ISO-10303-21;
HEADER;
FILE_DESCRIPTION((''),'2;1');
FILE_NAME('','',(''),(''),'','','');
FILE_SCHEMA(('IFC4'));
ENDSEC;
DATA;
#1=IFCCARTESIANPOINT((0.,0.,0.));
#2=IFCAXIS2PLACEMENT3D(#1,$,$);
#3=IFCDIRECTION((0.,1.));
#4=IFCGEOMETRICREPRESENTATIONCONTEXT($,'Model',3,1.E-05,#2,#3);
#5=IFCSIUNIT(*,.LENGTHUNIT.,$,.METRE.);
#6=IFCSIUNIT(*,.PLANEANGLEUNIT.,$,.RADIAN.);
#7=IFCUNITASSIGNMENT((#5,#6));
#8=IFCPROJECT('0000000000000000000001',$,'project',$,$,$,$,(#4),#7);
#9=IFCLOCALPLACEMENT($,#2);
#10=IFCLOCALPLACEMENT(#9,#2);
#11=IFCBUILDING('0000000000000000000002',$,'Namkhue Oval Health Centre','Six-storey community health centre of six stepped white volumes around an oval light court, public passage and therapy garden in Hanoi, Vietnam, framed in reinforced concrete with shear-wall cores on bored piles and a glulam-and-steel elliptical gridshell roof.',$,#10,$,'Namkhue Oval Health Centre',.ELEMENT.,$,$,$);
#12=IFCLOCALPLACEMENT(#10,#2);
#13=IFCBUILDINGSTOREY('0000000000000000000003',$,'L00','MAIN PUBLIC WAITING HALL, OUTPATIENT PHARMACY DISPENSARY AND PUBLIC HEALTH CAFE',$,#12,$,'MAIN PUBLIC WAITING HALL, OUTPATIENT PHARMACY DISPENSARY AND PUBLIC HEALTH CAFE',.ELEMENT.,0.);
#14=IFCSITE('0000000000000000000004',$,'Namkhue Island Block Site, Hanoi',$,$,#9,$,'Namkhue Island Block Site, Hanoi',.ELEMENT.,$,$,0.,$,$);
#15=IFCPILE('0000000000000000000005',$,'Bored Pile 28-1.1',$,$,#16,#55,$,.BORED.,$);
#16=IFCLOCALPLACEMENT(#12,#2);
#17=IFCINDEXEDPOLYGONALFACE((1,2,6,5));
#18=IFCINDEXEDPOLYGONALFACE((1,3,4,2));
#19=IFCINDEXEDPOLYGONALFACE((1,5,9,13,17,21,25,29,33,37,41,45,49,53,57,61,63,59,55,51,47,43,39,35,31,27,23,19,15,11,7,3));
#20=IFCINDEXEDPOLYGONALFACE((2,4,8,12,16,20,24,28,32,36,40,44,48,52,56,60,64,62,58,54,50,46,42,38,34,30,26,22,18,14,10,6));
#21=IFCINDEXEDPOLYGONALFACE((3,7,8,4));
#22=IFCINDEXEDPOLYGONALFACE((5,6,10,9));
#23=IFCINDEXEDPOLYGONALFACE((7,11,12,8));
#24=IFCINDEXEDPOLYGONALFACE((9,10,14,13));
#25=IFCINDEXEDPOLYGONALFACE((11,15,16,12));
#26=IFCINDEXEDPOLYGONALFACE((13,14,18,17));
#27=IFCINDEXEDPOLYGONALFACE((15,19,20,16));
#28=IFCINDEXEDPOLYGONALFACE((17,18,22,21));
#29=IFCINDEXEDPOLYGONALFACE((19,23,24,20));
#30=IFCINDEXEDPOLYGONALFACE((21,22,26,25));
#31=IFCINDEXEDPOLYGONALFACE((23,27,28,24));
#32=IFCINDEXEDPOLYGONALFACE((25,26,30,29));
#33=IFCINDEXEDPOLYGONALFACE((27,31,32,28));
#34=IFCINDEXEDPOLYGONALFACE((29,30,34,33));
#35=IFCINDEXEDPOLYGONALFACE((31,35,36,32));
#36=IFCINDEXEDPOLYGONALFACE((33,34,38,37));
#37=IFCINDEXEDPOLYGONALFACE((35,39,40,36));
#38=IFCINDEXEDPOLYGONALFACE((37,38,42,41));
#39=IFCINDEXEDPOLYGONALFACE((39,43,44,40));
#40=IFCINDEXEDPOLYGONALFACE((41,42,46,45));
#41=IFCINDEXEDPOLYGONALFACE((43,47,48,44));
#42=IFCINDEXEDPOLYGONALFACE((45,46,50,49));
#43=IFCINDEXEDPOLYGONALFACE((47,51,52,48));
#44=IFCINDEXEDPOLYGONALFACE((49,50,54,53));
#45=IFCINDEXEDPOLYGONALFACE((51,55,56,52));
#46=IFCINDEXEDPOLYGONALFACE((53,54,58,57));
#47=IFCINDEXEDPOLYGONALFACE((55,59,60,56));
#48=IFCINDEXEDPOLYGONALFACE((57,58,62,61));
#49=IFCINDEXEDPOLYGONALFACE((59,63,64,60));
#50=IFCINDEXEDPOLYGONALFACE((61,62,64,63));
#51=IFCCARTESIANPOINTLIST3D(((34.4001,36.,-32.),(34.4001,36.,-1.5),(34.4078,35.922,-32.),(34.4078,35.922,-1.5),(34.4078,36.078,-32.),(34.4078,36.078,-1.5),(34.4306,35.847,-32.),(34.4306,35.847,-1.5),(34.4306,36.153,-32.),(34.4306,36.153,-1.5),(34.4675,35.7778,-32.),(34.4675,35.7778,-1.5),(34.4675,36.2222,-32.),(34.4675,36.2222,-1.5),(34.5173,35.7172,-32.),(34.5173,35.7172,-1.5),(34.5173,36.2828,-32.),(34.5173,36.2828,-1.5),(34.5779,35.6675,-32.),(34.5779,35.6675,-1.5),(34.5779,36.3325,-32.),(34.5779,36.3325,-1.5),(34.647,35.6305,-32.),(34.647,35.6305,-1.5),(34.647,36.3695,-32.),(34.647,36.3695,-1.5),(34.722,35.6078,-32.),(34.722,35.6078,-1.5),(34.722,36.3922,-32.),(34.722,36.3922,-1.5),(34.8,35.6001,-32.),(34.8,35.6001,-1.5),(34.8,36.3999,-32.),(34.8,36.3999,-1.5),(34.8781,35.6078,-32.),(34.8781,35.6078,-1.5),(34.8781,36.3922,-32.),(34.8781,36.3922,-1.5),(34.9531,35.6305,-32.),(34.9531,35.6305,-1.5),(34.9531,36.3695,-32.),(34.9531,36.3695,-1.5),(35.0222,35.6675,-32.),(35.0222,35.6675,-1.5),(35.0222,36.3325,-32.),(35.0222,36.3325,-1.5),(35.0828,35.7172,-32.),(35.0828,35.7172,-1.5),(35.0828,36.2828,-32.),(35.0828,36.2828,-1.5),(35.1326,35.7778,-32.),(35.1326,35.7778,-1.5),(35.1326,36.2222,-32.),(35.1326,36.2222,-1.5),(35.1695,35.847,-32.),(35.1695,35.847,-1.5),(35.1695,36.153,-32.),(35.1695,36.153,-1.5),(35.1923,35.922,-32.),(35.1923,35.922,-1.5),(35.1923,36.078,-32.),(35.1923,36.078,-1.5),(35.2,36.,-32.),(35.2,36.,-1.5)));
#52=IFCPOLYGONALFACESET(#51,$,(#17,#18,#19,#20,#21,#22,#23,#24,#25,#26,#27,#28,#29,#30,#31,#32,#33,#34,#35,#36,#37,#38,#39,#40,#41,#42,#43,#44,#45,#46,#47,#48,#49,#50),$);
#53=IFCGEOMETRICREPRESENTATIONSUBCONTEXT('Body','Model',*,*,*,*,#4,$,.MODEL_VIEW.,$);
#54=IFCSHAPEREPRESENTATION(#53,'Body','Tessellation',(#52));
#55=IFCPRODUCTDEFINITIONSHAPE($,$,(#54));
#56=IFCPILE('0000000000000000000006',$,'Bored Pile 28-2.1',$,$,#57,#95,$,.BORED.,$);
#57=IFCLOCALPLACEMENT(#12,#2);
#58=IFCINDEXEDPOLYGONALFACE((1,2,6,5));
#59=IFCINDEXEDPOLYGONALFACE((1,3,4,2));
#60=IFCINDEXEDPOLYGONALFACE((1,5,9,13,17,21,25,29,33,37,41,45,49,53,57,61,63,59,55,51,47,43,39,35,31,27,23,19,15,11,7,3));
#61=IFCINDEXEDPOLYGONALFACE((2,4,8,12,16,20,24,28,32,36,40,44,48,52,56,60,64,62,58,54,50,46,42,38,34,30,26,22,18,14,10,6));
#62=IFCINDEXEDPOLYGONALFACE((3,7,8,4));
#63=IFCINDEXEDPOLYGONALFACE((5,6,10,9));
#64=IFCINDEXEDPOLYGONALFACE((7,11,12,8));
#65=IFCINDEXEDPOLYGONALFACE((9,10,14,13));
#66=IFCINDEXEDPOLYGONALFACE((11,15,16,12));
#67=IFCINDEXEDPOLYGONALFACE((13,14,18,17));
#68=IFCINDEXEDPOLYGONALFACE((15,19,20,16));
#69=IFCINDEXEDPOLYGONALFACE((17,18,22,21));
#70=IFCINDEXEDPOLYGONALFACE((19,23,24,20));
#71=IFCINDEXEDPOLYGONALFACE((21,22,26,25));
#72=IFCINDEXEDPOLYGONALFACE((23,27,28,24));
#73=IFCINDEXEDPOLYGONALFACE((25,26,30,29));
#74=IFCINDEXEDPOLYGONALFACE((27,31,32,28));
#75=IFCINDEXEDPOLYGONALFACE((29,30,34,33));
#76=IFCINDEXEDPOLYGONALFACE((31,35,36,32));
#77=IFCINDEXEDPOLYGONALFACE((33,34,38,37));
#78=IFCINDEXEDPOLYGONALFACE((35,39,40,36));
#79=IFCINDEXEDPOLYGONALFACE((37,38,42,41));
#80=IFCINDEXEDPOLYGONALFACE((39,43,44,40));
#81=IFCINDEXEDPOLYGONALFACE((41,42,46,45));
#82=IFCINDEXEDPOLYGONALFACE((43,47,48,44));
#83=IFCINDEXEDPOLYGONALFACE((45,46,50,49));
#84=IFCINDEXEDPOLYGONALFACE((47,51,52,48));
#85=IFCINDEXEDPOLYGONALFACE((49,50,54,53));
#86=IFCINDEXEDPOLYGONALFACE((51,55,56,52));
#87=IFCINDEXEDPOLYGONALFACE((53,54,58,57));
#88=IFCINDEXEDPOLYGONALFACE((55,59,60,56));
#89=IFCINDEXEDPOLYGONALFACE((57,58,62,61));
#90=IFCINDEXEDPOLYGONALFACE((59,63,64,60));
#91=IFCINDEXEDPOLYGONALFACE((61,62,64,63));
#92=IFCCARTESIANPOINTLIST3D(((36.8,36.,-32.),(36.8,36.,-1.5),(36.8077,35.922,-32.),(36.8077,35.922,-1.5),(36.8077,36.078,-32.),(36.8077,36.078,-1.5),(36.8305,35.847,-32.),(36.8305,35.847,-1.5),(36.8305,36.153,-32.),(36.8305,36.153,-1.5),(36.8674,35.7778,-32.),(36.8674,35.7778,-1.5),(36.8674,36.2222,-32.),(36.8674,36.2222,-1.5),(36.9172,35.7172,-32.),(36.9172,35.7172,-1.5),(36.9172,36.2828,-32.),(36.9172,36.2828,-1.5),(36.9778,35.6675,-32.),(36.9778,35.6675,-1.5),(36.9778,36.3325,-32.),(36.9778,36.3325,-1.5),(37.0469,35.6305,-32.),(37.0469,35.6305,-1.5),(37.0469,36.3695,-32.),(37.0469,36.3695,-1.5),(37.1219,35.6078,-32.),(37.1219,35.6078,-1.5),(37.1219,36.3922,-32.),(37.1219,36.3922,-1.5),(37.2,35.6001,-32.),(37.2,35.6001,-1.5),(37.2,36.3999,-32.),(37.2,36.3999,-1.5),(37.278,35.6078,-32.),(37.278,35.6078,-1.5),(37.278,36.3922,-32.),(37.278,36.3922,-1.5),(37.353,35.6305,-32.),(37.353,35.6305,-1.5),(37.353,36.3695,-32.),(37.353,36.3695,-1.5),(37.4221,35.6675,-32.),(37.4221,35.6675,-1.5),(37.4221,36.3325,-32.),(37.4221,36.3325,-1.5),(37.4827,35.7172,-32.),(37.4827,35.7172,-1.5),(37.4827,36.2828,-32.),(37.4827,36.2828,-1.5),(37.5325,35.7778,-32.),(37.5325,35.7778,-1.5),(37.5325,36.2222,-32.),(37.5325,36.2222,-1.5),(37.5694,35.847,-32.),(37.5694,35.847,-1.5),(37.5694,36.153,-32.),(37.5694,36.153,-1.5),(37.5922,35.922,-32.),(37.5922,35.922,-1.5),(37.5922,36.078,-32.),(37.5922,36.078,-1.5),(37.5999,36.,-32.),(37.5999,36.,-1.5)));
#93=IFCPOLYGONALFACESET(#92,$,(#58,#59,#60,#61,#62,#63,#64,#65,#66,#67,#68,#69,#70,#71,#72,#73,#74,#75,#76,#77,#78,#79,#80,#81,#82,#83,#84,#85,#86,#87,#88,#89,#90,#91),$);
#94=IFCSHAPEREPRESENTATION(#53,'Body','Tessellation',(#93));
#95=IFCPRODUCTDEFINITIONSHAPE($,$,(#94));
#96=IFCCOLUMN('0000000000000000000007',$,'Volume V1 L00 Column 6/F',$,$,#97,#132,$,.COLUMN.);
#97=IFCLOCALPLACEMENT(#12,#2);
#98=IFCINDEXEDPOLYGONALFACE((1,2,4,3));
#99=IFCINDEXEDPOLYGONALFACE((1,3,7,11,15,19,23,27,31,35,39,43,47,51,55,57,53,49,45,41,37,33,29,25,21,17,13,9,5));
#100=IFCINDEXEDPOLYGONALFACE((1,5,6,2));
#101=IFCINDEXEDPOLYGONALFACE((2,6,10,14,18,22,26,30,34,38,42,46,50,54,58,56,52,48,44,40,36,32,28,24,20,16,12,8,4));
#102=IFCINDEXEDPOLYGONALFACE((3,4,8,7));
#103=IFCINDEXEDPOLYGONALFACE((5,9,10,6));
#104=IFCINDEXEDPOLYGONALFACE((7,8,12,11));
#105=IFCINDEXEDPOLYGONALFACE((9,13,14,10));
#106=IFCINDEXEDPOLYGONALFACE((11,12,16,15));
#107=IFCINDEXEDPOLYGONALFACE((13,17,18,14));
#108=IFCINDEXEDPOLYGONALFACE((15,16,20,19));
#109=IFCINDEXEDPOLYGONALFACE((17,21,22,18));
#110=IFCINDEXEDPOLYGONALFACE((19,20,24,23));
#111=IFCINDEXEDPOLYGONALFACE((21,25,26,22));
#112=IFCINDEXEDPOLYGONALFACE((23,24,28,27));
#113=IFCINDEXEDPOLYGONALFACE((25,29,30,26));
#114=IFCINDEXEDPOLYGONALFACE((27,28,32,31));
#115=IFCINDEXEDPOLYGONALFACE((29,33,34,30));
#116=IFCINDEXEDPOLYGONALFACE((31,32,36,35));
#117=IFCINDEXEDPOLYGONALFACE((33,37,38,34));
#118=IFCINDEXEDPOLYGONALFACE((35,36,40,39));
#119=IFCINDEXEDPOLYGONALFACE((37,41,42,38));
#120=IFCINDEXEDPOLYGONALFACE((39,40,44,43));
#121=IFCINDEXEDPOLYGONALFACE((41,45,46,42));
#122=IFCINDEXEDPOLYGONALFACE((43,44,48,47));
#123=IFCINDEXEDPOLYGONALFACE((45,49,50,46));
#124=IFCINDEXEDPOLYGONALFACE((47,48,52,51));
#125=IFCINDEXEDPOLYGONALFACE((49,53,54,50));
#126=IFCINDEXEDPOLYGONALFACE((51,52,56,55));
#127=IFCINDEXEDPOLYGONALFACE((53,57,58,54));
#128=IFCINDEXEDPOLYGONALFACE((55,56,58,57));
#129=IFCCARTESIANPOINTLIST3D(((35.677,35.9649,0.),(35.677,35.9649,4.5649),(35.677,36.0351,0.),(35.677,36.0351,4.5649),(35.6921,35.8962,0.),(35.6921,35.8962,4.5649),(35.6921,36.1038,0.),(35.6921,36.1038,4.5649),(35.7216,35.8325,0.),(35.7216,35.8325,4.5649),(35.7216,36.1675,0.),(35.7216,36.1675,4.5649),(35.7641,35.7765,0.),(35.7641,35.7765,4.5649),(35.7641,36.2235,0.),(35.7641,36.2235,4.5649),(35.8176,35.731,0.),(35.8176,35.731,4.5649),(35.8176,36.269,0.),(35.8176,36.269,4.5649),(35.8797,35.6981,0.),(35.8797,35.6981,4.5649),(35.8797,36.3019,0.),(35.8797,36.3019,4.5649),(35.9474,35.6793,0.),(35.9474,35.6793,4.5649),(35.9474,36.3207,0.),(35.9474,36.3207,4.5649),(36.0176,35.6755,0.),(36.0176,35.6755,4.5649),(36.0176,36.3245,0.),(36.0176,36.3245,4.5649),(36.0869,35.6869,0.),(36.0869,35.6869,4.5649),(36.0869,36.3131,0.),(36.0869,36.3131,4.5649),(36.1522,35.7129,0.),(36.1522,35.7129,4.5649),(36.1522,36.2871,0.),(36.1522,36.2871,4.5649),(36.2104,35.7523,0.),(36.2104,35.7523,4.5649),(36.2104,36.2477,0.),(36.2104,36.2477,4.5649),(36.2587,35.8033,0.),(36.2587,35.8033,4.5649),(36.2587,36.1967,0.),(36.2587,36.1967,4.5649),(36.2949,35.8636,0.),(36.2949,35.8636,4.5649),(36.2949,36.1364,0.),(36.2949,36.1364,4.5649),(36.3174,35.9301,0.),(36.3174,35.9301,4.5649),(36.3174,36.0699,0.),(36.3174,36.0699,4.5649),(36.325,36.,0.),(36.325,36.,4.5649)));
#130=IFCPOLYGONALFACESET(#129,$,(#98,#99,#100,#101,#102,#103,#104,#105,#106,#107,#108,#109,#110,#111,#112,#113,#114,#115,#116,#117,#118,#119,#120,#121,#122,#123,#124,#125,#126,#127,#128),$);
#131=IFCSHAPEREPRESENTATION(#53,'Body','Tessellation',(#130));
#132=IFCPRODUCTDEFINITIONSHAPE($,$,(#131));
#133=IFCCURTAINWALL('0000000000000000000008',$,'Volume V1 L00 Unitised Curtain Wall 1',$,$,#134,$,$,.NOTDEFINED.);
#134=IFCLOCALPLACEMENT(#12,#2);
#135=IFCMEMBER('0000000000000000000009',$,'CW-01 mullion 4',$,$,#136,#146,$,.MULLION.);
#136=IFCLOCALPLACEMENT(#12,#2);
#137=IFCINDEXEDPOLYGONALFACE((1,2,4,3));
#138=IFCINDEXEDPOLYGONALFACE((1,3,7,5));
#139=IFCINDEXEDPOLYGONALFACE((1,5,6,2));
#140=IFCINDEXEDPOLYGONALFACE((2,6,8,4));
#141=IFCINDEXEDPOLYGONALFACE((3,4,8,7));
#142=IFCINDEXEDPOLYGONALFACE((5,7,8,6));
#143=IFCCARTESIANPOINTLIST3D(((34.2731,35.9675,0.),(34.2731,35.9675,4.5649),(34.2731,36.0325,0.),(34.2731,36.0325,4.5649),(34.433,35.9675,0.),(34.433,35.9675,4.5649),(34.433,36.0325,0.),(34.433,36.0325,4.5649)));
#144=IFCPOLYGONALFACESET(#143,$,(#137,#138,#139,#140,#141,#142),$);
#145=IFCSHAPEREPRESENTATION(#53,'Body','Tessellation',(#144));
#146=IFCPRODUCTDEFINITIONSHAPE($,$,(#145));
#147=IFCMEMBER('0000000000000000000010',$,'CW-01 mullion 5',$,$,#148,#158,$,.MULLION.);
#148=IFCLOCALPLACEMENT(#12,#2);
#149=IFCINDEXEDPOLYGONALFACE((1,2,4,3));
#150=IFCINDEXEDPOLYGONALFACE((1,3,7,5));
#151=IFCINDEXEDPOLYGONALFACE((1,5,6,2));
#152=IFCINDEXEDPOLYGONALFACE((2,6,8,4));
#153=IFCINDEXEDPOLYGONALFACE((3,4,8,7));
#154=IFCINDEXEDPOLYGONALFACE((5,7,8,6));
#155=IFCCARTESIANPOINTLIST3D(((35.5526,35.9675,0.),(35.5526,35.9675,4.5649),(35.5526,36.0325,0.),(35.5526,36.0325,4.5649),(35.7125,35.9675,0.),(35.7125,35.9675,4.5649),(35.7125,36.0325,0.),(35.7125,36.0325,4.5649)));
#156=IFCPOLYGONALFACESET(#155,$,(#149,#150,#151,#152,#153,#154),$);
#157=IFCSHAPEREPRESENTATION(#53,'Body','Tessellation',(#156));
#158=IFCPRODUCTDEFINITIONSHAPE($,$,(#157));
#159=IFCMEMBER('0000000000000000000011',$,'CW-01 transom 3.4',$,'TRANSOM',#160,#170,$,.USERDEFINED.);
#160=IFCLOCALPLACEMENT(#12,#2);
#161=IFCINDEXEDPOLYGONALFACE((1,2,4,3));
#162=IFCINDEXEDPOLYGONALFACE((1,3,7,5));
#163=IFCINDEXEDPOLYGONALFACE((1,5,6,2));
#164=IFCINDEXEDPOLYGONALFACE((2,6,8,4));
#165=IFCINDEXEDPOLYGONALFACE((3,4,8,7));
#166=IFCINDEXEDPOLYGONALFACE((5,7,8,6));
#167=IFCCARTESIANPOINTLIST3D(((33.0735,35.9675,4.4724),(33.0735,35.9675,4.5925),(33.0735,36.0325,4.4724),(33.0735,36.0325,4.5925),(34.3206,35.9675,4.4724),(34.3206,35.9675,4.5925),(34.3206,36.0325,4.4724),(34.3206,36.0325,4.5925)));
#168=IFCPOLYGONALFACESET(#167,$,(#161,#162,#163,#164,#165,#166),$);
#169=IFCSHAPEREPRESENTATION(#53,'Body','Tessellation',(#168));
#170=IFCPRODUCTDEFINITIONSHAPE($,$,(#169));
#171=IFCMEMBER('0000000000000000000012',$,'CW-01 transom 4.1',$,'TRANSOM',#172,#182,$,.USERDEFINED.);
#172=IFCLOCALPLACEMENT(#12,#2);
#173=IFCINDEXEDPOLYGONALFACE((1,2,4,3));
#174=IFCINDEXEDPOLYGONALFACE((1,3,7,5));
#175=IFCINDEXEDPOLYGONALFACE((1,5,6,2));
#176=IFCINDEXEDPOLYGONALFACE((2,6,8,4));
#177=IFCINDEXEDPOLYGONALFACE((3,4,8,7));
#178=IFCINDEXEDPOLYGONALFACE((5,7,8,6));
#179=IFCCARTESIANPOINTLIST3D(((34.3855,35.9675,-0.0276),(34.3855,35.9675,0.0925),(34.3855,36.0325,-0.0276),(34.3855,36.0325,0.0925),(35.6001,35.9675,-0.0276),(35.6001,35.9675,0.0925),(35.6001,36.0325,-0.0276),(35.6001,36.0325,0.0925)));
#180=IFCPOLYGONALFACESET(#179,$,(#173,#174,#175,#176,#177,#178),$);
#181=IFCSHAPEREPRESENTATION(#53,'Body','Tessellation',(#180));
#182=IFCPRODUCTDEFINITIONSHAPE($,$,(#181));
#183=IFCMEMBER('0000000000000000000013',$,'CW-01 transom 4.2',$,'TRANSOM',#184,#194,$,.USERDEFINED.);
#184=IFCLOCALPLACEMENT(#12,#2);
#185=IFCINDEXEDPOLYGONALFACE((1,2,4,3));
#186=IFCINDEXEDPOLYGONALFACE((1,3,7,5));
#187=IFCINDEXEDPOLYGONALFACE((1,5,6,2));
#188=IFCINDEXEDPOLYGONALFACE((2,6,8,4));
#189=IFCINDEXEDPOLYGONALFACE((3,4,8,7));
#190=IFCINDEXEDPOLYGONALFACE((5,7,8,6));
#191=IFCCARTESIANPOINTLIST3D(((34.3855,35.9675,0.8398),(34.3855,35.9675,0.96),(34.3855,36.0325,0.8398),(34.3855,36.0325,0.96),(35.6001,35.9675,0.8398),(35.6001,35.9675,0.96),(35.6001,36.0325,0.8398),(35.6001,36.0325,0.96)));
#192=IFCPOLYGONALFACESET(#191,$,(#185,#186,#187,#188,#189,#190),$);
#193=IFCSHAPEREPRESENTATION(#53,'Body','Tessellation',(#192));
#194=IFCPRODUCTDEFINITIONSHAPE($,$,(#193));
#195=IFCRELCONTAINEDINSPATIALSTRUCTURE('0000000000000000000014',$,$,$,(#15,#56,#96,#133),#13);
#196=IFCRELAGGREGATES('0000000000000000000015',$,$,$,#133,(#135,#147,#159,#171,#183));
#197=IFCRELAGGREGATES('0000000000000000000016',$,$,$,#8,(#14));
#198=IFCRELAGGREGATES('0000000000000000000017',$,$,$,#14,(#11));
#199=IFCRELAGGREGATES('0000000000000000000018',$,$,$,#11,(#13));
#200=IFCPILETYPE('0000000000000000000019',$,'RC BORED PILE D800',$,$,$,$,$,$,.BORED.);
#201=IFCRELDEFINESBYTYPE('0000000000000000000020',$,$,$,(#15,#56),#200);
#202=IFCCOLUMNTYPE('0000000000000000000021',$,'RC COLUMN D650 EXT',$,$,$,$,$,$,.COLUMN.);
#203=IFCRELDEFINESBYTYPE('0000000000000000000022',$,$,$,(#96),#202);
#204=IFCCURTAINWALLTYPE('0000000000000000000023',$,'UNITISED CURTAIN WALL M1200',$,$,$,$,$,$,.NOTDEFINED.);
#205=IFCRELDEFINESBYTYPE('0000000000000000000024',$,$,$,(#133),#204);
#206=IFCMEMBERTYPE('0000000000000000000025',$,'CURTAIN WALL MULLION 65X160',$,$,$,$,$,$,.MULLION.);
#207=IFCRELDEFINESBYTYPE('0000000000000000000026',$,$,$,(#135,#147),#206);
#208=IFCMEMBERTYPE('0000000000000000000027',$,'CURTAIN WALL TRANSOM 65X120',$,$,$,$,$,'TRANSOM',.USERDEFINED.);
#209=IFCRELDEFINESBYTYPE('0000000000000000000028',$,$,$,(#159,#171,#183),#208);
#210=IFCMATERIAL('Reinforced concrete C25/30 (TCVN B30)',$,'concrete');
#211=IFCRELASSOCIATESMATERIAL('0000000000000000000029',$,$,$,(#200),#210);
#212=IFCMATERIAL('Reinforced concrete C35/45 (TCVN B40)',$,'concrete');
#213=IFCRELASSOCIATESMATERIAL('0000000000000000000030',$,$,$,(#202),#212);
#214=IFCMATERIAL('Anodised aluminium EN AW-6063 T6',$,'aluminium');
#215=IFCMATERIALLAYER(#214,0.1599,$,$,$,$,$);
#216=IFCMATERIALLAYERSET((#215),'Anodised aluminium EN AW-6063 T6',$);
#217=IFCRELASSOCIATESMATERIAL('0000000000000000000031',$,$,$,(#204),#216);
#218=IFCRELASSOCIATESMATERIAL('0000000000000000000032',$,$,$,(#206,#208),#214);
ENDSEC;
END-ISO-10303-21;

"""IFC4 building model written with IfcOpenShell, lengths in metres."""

from ifc_helpers import new_model, si_unit, direction, frame, origin, origin_2d, place, context, subcontext, project, spatial, rectangle, circle, extrude, material, layer, layer_set, material_profile, profile_set, type_object, element, aggregate, save


model = new_model("IFC4")

# Units and contexts
model_context = context("Model", 3, precision=1e-05, world=origin(), true_north=direction((0.0, 1.0)))
body_context = subcontext(model_context, "Body", "Model", "MODEL_VIEW")
ifc_project = project(units=[si_unit("LENGTHUNIT", "METRE"), si_unit("PLANEANGLEUNIT", "RADIAN")], contexts=[model_context])

# Site, building, storey
site_placement = place(None, origin())
site = spatial("IfcSite", under=ifc_project, at=site_placement, Name="Namkhue Island Block Site, Hanoi", LongName="Namkhue Island Block Site, Hanoi", CompositionType="ELEMENT", RefElevation=0.0)
building_placement = place(site_placement, origin())
building = spatial("IfcBuilding", under=site, at=building_placement, Name="Namkhue Oval Health Centre", Description="Six-storey community health centre of six stepped white volumes around an oval light court, public passage and therapy garden in Hanoi, Vietnam, framed in reinforced concrete with shear-wall cores on bored piles and a glulam-and-steel elliptical gridshell roof.", LongName="Namkhue Oval Health Centre", CompositionType="ELEMENT")
storey_placement = place(building_placement, origin())
storey = spatial("IfcBuildingStorey", under=building, at=storey_placement, Name="L00", Description="MAIN PUBLIC WAITING HALL, OUTPATIENT PHARMACY DISPENSARY AND PUBLIC HEALTH CAFE", LongName="MAIN PUBLIC WAITING HALL, OUTPATIENT PHARMACY DISPENSARY AND PUBLIC HEALTH CAFE", CompositionType="ELEMENT", Elevation=0.0)

# Piles
ifc_material_1 = material(Name="Reinforced concrete C25/30 (TCVN B30)", Category="concrete")
ifc_material_profile_1 = material_profile(ifc_material_1, circle(Radius=0.3999, at=origin_2d()), Name="BORED PILE D800")
ifc_profile_set_1 = profile_set([ifc_material_profile_1], Name="Reinforced concrete C25/30 (TCVN B30)")
pile_type_1 = type_object("IfcPileType", Name="RC BORED PILE D800", PredefinedType="BORED", material=ifc_profile_set_1)
for number, where, z_axis, x_axis, name in (
    (1, (34.8, 36.0, -1.5), (0.0, 0.0, -1.0), (1.0, 0.0, 0.0), "Bored Pile 28-1.1"),
    (2, (37.2, 36.0, -1.5), (0.0, 0.0, -1.0), (1.0, 0.0, 0.0), "Bored Pile 28-2.1"),
):
    element("IfcPile", number, at=place(storey_placement, frame(where, z_axis=z_axis, x_axis=x_axis)), inside=storey, type_object=pile_type_1, Name=name, PredefinedType="BORED", context=body_context, shape_type="SweptSolid", body=[
        extrude(circle(Radius=0.3999, at=origin_2d()), origin(), (0.0, 0.0, 1.0), 30.5),
    ])

# Column
ifc_material_2 = material(Name="Reinforced concrete C35/45 (TCVN B40)", Category="concrete")
ifc_material_profile_2 = material_profile(ifc_material_2, circle(Radius=0.325, at=origin_2d()), Name="RC D650")
ifc_profile_set_2 = profile_set([ifc_material_profile_2], Name="Reinforced concrete C35/45 (TCVN B40)")
column_type = type_object("IfcColumnType", Name="RC COLUMN D650 EXT", PredefinedType="COLUMN", material=ifc_profile_set_2)
column_placement = place(storey_placement, frame((36.0, 36.0, 0.0), z_axis=(0.0, 0.0, 1.0), x_axis=(1.0, 0.0, 0.0)))
element("IfcColumn", 3, at=column_placement, inside=storey, type_object=column_type, Name="Volume V1 L00 Column 6/F", PredefinedType="COLUMN", context=body_context, shape_type="SweptSolid", body=[
    extrude(circle(Radius=0.325, at=origin_2d()), origin(), (0.0, 0.0, 1.0), 4.5649),
])

# Curtain wall, members
ifc_material_3 = material(Name="Anodised aluminium EN AW-6063 T6", Category="aluminium")
ifc_layer_1 = layer(ifc_material_3, 0.1599)
ifc_layer_set_1 = layer_set([ifc_layer_1], Name="Anodised aluminium EN AW-6063 T6")
curtain_wall_type = type_object("IfcCurtainWallType", Name="UNITISED CURTAIN WALL M1200", PredefinedType="NOTDEFINED", material=ifc_layer_set_1)
curtain_wall_placement = place(storey_placement, origin())
curtain_wall = element("IfcCurtainWall", 4, at=curtain_wall_placement, inside=storey, type_object=curtain_wall_type, Name="Volume V1 L00 Unitised Curtain Wall 1", PredefinedType="NOTDEFINED")
ifc_material_profile_3 = material_profile(ifc_material_3, rectangle(XDim=0.0649, YDim=0.1599, at=origin_2d()), Name="ALU 65x160")
ifc_profile_set_3 = profile_set([ifc_material_profile_3], Name="Anodised aluminium EN AW-6063 T6")
member_type_1 = type_object("IfcMemberType", Name="CURTAIN WALL MULLION 65X160", PredefinedType="MULLION", material=ifc_profile_set_3)
member_1_placement = place(storey_placement, frame((34.353, 36.0, 0.0), z_axis=(0.0, 0.0, 1.0), x_axis=(0.0, 1.0, 0.0)))
member_1 = element("IfcMember", 5, at=member_1_placement, type_object=member_type_1, Name="CW-01 mullion 4", PredefinedType="MULLION", context=body_context, shape_type="SweptSolid", body=[
    extrude(rectangle(XDim=0.0649, YDim=0.1599, at=origin_2d()), origin(), (0.0, 0.0, 1.0), 4.5649),
])
member_2_placement = place(storey_placement, frame((35.6326, 36.0, 0.0), z_axis=(0.0, 0.0, 1.0), x_axis=(0.0, 1.0, 0.0)))
member_2 = element("IfcMember", 6, at=member_2_placement, type_object=member_type_1, Name="CW-01 mullion 5", PredefinedType="MULLION", context=body_context, shape_type="SweptSolid", body=[
    extrude(rectangle(XDim=0.0649, YDim=0.1599, at=origin_2d()), origin(), (0.0, 0.0, 1.0), 4.5649),
])
ifc_material_profile_4 = material_profile(ifc_material_3, rectangle(XDim=0.0649, YDim=0.1201, at=origin_2d()), Name="ALU 65x120")
ifc_profile_set_4 = profile_set([ifc_material_profile_4], Name="Anodised aluminium EN AW-6063 T6")
member_type_2 = type_object("IfcMemberType", Name="CURTAIN WALL TRANSOM 65X120", ElementType="TRANSOM", PredefinedType="USERDEFINED", material=ifc_profile_set_4)
member_3_placement = place(storey_placement, frame((33.0735, 36.0, 4.5325), z_axis=(1.0, 0.0, 0.0), x_axis=(0.0, 1.0, 0.0)))
member_3 = element("IfcMember", 7, at=member_3_placement, type_object=member_type_2, Name="CW-01 transom 3.4", ObjectType="TRANSOM", PredefinedType="USERDEFINED", context=body_context, shape_type="SweptSolid", body=[
    extrude(rectangle(XDim=0.0649, YDim=0.1201, at=origin_2d()), origin(), (0.0, 0.0, 1.0), 1.2471),
])
member_4_placement = place(storey_placement, frame((34.3855, 36.0, 0.0325), z_axis=(1.0, 0.0, 0.0), x_axis=(0.0, 1.0, 0.0)))
member_4 = element("IfcMember", 8, at=member_4_placement, type_object=member_type_2, Name="CW-01 transom 4.1", ObjectType="TRANSOM", PredefinedType="USERDEFINED", context=body_context, shape_type="SweptSolid", body=[
    extrude(rectangle(XDim=0.0649, YDim=0.1201, at=origin_2d()), origin(), (0.0, 0.0, 1.0), 1.2146),
])
member_5_placement = place(storey_placement, frame((34.3855, 36.0, 0.8999), z_axis=(1.0, 0.0, 0.0), x_axis=(0.0, 1.0, 0.0)))
member_5 = element("IfcMember", 9, at=member_5_placement, type_object=member_type_2, Name="CW-01 transom 4.2", ObjectType="TRANSOM", PredefinedType="USERDEFINED", context=body_context, shape_type="SweptSolid", body=[
    extrude(rectangle(XDim=0.0649, YDim=0.1201, at=origin_2d()), origin(), (0.0, 0.0, 1.0), 1.2146),
])

aggregate(curtain_wall, [member_1, member_2, member_3, member_4, member_5])

save(model, "model.ifc")
